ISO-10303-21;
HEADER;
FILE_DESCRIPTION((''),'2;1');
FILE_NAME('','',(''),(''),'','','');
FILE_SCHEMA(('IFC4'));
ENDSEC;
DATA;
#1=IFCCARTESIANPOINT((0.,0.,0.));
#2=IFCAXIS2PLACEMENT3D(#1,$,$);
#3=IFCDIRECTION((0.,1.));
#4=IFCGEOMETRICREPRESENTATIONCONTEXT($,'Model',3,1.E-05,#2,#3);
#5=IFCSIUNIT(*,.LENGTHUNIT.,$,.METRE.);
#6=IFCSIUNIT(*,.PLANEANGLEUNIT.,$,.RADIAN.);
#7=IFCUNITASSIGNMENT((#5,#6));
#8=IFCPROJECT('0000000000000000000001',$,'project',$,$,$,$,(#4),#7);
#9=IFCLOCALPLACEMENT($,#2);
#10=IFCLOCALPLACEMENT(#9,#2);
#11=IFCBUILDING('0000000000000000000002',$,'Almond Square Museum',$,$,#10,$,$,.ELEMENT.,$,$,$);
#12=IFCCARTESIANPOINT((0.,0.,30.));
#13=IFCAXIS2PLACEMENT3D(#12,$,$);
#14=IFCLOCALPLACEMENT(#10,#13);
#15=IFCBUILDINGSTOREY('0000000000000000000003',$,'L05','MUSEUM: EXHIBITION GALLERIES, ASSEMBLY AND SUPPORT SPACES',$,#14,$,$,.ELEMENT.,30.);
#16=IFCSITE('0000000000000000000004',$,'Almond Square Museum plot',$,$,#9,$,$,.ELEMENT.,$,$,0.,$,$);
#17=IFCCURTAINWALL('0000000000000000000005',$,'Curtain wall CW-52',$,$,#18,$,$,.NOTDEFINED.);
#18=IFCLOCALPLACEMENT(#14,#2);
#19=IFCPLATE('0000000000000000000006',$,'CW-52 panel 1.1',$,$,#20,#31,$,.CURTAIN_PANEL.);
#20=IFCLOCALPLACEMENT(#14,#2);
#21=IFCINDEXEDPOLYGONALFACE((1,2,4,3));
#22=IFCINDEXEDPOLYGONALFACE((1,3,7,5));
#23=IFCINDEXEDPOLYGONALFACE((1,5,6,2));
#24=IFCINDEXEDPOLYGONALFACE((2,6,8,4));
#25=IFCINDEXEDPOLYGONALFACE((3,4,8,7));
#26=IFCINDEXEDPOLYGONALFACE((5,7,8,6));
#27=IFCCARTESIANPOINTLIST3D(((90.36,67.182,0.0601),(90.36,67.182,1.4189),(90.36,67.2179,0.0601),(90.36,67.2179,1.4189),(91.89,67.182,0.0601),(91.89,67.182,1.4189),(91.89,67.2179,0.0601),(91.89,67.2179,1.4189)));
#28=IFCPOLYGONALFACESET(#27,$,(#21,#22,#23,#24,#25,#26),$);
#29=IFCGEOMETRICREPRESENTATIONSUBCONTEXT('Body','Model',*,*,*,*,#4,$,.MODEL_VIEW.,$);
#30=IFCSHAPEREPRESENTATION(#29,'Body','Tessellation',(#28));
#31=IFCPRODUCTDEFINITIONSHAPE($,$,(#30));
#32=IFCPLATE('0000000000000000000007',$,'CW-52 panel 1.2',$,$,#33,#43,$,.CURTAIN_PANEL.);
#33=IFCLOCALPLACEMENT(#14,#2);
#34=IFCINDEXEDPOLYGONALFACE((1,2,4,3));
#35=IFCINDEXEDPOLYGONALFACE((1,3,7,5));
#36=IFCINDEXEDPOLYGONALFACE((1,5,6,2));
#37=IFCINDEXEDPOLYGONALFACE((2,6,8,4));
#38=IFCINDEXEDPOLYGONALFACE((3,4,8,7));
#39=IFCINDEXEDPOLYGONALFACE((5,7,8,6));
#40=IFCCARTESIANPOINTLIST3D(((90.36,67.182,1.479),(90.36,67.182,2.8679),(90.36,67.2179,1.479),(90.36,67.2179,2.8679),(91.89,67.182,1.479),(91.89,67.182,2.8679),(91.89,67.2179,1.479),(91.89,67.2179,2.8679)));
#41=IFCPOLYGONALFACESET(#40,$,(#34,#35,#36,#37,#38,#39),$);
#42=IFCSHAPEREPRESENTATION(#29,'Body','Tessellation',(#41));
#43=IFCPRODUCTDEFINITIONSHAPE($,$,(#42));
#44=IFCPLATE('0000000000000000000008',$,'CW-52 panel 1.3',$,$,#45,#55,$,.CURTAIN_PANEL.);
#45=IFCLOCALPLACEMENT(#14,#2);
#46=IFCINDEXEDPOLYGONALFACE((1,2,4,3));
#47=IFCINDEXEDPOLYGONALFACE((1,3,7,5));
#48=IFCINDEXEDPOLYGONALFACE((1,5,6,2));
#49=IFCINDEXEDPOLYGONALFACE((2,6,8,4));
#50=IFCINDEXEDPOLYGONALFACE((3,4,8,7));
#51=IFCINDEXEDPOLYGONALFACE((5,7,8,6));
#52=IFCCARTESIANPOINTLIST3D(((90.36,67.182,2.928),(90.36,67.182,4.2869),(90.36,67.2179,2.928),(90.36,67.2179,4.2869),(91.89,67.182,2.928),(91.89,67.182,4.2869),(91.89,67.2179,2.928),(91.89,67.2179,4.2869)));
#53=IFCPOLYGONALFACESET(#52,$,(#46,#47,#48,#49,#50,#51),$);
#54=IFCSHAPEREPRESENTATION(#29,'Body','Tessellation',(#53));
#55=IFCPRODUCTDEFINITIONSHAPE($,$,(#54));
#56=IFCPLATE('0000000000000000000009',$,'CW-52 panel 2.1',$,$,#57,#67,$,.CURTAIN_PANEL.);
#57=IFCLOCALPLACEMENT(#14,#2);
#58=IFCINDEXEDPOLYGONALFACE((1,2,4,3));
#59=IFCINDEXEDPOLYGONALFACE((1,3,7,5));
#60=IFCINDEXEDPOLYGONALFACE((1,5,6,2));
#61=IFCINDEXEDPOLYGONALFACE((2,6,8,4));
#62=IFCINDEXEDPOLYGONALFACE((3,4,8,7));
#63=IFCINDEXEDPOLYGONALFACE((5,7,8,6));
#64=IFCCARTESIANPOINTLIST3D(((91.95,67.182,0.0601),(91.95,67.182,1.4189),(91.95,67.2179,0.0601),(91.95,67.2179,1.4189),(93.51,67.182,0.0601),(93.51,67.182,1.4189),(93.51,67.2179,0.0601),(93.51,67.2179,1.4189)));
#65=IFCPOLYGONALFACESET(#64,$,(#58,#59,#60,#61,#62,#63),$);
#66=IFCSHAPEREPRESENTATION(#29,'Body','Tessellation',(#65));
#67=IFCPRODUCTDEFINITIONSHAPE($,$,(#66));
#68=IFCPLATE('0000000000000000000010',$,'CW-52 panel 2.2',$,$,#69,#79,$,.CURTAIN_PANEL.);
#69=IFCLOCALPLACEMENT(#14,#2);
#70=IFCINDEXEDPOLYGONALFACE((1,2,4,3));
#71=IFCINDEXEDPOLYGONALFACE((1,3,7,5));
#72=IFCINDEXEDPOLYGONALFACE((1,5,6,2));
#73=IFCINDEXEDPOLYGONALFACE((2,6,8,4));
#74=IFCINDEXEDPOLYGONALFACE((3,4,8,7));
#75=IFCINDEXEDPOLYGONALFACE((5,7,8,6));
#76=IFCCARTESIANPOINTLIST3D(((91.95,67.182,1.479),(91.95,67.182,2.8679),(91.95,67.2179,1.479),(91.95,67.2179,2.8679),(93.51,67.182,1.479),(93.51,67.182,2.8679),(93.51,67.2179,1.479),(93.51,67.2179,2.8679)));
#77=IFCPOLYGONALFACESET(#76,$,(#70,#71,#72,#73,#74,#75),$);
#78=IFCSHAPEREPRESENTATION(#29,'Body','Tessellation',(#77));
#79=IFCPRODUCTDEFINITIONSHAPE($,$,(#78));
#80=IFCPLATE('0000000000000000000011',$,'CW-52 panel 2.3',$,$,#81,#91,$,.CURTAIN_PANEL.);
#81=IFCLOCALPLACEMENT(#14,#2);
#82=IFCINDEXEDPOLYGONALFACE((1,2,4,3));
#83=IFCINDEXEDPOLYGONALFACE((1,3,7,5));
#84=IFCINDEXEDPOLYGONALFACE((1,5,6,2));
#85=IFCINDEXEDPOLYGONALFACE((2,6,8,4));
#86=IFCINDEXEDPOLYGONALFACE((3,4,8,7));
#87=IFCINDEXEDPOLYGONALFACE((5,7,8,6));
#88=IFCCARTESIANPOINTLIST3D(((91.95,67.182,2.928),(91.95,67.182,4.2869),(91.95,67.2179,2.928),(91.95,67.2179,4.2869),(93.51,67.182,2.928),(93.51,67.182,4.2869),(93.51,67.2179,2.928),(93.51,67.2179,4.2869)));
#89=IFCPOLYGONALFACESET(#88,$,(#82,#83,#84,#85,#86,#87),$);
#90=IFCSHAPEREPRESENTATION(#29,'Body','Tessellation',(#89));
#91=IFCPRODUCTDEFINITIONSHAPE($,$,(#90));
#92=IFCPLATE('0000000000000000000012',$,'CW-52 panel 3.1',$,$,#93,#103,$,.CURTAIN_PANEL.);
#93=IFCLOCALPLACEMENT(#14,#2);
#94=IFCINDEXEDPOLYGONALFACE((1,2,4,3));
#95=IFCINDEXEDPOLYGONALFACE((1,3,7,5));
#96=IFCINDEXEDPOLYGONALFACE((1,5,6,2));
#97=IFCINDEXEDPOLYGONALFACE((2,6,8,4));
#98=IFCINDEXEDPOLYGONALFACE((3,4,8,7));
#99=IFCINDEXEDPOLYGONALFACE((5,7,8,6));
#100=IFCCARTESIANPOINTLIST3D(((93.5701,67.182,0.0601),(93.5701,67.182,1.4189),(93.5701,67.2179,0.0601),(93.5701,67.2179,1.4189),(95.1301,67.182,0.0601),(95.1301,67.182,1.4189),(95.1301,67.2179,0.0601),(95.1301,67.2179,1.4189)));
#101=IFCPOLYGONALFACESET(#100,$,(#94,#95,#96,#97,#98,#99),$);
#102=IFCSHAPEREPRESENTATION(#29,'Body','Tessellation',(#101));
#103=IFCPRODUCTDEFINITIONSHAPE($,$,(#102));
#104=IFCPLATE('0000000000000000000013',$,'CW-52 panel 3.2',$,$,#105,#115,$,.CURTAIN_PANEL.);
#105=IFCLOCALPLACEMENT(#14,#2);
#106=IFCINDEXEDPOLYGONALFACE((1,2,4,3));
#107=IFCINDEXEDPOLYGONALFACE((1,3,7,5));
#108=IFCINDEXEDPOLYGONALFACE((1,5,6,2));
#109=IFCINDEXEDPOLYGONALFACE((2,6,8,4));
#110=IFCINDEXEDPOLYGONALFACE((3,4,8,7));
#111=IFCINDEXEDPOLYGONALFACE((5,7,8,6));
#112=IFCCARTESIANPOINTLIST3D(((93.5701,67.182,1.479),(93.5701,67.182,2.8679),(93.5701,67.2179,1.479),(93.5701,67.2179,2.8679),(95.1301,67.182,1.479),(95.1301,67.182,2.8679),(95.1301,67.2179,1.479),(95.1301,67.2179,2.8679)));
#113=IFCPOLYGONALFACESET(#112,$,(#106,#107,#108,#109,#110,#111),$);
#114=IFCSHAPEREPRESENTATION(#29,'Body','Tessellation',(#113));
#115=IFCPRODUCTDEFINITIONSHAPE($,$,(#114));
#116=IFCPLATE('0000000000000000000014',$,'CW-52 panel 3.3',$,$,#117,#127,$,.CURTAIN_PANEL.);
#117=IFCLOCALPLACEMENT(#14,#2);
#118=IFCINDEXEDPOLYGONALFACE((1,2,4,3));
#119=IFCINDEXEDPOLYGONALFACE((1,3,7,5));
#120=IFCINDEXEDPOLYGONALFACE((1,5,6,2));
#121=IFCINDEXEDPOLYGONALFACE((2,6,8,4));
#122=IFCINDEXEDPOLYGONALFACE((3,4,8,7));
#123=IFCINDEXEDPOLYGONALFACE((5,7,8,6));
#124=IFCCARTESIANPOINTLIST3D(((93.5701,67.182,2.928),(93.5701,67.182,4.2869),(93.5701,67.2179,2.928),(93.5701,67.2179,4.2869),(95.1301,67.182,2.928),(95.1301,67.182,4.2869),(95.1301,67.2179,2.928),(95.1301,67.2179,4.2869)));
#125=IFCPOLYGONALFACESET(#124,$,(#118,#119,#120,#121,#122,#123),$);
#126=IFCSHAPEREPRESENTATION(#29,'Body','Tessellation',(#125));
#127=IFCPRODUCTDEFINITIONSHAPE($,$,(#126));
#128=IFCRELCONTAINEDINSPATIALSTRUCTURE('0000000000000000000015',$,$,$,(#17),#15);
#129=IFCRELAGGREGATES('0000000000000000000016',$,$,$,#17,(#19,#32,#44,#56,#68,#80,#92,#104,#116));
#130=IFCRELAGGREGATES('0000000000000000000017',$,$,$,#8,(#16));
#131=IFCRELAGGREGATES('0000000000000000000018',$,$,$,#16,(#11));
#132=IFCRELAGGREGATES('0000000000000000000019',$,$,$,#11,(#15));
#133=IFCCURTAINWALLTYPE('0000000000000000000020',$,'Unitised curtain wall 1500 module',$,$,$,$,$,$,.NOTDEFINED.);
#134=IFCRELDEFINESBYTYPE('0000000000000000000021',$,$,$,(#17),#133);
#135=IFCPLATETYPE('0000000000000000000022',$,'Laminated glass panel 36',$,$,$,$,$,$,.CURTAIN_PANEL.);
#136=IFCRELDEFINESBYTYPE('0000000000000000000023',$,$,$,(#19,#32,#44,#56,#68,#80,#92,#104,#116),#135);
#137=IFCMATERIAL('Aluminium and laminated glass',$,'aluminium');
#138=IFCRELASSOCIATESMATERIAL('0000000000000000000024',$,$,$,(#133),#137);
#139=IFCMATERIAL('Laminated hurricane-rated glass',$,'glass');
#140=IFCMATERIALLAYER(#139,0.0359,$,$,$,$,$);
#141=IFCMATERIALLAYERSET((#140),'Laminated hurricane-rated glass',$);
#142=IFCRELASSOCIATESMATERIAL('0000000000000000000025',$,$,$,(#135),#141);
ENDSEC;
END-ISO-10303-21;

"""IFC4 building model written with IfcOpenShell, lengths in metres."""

from ifc_helpers import new_model, si_unit, direction, frame, origin, origin_2d, place, context, subcontext, project, spatial, rectangle, extrude, material, layer, layer_set, type_object, element, aggregate, save


model = new_model("IFC4")

# Units and contexts
model_context = context("Model", 3, precision=1e-05, world=origin(), true_north=direction((0.0, 1.0)))
body_context = subcontext(model_context, "Body", "Model", "MODEL_VIEW")
ifc_project = project(units=[si_unit("LENGTHUNIT", "METRE"), si_unit("PLANEANGLEUNIT", "RADIAN")], contexts=[model_context])

# Site, building, storey
site_placement = place(None, origin())
site = spatial("IfcSite", under=ifc_project, at=site_placement, Name="Almond Square Museum plot", CompositionType="ELEMENT", RefElevation=0.0)
building_placement = place(site_placement, origin())
building = spatial("IfcBuilding", under=site, at=building_placement, Name="Almond Square Museum", CompositionType="ELEMENT")
storey_placement = place(building_placement, frame((0.0, 0.0, 30.0)))
storey = spatial("IfcBuildingStorey", under=building, at=storey_placement, Name="L05", Description="MUSEUM: EXHIBITION GALLERIES, ASSEMBLY AND SUPPORT SPACES", CompositionType="ELEMENT", Elevation=30.0)

# Curtain wall
ifc_material_1 = material(Name="Aluminium and laminated glass", Category="aluminium")
curtain_wall_type = type_object("IfcCurtainWallType", Name="Unitised curtain wall 1500 module", PredefinedType="NOTDEFINED", material=ifc_material_1)
curtain_wall_placement = place(storey_placement, origin())
curtain_wall = element("IfcCurtainWall", 1, at=curtain_wall_placement, inside=storey, type_object=curtain_wall_type, Name="Curtain wall CW-52", PredefinedType="NOTDEFINED")

# Plates
ifc_material_2 = material(Name="Laminated hurricane-rated glass", Category="glass")
ifc_layer = layer(ifc_material_2, 0.0359)
ifc_layer_set = layer_set([ifc_layer], Name="Laminated hurricane-rated glass")
plate_type = type_object("IfcPlateType", Name="Laminated glass panel 36", PredefinedType="CURTAIN_PANEL", material=ifc_layer_set)
plate_1_placement = place(storey_placement, frame((91.125, 67.2, 0.0601), z_axis=(0.0, 0.0, 1.0), x_axis=(1.0, 0.0, 0.0)))
plate_1 = element("IfcPlate", 2, at=plate_1_placement, type_object=plate_type, Name="CW-52 panel 1.1", PredefinedType="CURTAIN_PANEL", context=body_context, shape_type="SweptSolid", body=[
    extrude(rectangle(XDim=1.53, YDim=0.0359, at=origin_2d()), origin(), (0.0, 0.0, 1.0), 1.3589),
])
plate_2_placement = place(storey_placement, frame((91.125, 67.2, 1.479), z_axis=(0.0, 0.0, 1.0), x_axis=(1.0, 0.0, 0.0)))
plate_2 = element("IfcPlate", 3, at=plate_2_placement, type_object=plate_type, Name="CW-52 panel 1.2", PredefinedType="CURTAIN_PANEL", context=body_context, shape_type="SweptSolid", body=[
    extrude(rectangle(XDim=1.53, YDim=0.0359, at=origin_2d()), origin(), (0.0, 0.0, 1.0), 1.3889),
])
plate_3_placement = place(storey_placement, frame((91.125, 67.2, 2.928), z_axis=(0.0, 0.0, 1.0), x_axis=(1.0, 0.0, 0.0)))
plate_3 = element("IfcPlate", 4, at=plate_3_placement, type_object=plate_type, Name="CW-52 panel 1.3", PredefinedType="CURTAIN_PANEL", context=body_context, shape_type="SweptSolid", body=[
    extrude(rectangle(XDim=1.53, YDim=0.0359, at=origin_2d()), origin(), (0.0, 0.0, 1.0), 1.3589),
])
plate_4_placement = place(storey_placement, frame((92.73, 67.2, 0.0601), z_axis=(0.0, 0.0, 1.0), x_axis=(1.0, 0.0, 0.0)))
plate_4 = element("IfcPlate", 5, at=plate_4_placement, type_object=plate_type, Name="CW-52 panel 2.1", PredefinedType="CURTAIN_PANEL", context=body_context, shape_type="SweptSolid", body=[
    extrude(rectangle(XDim=1.5601, YDim=0.0359, at=origin_2d()), origin(), (0.0, 0.0, 1.0), 1.3589),
])
plate_5_placement = place(storey_placement, frame((92.73, 67.2, 1.479), z_axis=(0.0, 0.0, 1.0), x_axis=(1.0, 0.0, 0.0)))
plate_5 = element("IfcPlate", 6, at=plate_5_placement, type_object=plate_type, Name="CW-52 panel 2.2", PredefinedType="CURTAIN_PANEL", context=body_context, shape_type="SweptSolid", body=[
    extrude(rectangle(XDim=1.5601, YDim=0.0359, at=origin_2d()), origin(), (0.0, 0.0, 1.0), 1.3889),
])
plate_6_placement = place(storey_placement, frame((92.73, 67.2, 2.928), z_axis=(0.0, 0.0, 1.0), x_axis=(1.0, 0.0, 0.0)))
plate_6 = element("IfcPlate", 7, at=plate_6_placement, type_object=plate_type, Name="CW-52 panel 2.3", PredefinedType="CURTAIN_PANEL", context=body_context, shape_type="SweptSolid", body=[
    extrude(rectangle(XDim=1.5601, YDim=0.0359, at=origin_2d()), origin(), (0.0, 0.0, 1.0), 1.3589),
])
plate_7_placement = place(storey_placement, frame((94.3501, 67.2, 0.0601), z_axis=(0.0, 0.0, 1.0), x_axis=(1.0, 0.0, 0.0)))
plate_7 = element("IfcPlate", 8, at=plate_7_placement, type_object=plate_type, Name="CW-52 panel 3.1", PredefinedType="CURTAIN_PANEL", context=body_context, shape_type="SweptSolid", body=[
    extrude(rectangle(XDim=1.5601, YDim=0.0359, at=origin_2d()), origin(), (0.0, 0.0, 1.0), 1.3589),
])
plate_8_placement = place(storey_placement, frame((94.3501, 67.2, 1.479), z_axis=(0.0, 0.0, 1.0), x_axis=(1.0, 0.0, 0.0)))
plate_8 = element("IfcPlate", 9, at=plate_8_placement, type_object=plate_type, Name="CW-52 panel 3.2", PredefinedType="CURTAIN_PANEL", context=body_context, shape_type="SweptSolid", body=[
    extrude(rectangle(XDim=1.5601, YDim=0.0359, at=origin_2d()), origin(), (0.0, 0.0, 1.0), 1.3889),
])
plate_9_placement = place(storey_placement, frame((94.3501, 67.2, 2.928), z_axis=(0.0, 0.0, 1.0), x_axis=(1.0, 0.0, 0.0)))
plate_9 = element("IfcPlate", 10, at=plate_9_placement, type_object=plate_type, Name="CW-52 panel 3.3", PredefinedType="CURTAIN_PANEL", context=body_context, shape_type="SweptSolid", body=[
    extrude(rectangle(XDim=1.5601, YDim=0.0359, at=origin_2d()), origin(), (0.0, 0.0, 1.0), 1.3589),
])
aggregate(curtain_wall, [plate_1, plate_2, plate_3, plate_4, plate_5, plate_6, plate_7, plate_8, plate_9])

save(model, "model.ifc")
